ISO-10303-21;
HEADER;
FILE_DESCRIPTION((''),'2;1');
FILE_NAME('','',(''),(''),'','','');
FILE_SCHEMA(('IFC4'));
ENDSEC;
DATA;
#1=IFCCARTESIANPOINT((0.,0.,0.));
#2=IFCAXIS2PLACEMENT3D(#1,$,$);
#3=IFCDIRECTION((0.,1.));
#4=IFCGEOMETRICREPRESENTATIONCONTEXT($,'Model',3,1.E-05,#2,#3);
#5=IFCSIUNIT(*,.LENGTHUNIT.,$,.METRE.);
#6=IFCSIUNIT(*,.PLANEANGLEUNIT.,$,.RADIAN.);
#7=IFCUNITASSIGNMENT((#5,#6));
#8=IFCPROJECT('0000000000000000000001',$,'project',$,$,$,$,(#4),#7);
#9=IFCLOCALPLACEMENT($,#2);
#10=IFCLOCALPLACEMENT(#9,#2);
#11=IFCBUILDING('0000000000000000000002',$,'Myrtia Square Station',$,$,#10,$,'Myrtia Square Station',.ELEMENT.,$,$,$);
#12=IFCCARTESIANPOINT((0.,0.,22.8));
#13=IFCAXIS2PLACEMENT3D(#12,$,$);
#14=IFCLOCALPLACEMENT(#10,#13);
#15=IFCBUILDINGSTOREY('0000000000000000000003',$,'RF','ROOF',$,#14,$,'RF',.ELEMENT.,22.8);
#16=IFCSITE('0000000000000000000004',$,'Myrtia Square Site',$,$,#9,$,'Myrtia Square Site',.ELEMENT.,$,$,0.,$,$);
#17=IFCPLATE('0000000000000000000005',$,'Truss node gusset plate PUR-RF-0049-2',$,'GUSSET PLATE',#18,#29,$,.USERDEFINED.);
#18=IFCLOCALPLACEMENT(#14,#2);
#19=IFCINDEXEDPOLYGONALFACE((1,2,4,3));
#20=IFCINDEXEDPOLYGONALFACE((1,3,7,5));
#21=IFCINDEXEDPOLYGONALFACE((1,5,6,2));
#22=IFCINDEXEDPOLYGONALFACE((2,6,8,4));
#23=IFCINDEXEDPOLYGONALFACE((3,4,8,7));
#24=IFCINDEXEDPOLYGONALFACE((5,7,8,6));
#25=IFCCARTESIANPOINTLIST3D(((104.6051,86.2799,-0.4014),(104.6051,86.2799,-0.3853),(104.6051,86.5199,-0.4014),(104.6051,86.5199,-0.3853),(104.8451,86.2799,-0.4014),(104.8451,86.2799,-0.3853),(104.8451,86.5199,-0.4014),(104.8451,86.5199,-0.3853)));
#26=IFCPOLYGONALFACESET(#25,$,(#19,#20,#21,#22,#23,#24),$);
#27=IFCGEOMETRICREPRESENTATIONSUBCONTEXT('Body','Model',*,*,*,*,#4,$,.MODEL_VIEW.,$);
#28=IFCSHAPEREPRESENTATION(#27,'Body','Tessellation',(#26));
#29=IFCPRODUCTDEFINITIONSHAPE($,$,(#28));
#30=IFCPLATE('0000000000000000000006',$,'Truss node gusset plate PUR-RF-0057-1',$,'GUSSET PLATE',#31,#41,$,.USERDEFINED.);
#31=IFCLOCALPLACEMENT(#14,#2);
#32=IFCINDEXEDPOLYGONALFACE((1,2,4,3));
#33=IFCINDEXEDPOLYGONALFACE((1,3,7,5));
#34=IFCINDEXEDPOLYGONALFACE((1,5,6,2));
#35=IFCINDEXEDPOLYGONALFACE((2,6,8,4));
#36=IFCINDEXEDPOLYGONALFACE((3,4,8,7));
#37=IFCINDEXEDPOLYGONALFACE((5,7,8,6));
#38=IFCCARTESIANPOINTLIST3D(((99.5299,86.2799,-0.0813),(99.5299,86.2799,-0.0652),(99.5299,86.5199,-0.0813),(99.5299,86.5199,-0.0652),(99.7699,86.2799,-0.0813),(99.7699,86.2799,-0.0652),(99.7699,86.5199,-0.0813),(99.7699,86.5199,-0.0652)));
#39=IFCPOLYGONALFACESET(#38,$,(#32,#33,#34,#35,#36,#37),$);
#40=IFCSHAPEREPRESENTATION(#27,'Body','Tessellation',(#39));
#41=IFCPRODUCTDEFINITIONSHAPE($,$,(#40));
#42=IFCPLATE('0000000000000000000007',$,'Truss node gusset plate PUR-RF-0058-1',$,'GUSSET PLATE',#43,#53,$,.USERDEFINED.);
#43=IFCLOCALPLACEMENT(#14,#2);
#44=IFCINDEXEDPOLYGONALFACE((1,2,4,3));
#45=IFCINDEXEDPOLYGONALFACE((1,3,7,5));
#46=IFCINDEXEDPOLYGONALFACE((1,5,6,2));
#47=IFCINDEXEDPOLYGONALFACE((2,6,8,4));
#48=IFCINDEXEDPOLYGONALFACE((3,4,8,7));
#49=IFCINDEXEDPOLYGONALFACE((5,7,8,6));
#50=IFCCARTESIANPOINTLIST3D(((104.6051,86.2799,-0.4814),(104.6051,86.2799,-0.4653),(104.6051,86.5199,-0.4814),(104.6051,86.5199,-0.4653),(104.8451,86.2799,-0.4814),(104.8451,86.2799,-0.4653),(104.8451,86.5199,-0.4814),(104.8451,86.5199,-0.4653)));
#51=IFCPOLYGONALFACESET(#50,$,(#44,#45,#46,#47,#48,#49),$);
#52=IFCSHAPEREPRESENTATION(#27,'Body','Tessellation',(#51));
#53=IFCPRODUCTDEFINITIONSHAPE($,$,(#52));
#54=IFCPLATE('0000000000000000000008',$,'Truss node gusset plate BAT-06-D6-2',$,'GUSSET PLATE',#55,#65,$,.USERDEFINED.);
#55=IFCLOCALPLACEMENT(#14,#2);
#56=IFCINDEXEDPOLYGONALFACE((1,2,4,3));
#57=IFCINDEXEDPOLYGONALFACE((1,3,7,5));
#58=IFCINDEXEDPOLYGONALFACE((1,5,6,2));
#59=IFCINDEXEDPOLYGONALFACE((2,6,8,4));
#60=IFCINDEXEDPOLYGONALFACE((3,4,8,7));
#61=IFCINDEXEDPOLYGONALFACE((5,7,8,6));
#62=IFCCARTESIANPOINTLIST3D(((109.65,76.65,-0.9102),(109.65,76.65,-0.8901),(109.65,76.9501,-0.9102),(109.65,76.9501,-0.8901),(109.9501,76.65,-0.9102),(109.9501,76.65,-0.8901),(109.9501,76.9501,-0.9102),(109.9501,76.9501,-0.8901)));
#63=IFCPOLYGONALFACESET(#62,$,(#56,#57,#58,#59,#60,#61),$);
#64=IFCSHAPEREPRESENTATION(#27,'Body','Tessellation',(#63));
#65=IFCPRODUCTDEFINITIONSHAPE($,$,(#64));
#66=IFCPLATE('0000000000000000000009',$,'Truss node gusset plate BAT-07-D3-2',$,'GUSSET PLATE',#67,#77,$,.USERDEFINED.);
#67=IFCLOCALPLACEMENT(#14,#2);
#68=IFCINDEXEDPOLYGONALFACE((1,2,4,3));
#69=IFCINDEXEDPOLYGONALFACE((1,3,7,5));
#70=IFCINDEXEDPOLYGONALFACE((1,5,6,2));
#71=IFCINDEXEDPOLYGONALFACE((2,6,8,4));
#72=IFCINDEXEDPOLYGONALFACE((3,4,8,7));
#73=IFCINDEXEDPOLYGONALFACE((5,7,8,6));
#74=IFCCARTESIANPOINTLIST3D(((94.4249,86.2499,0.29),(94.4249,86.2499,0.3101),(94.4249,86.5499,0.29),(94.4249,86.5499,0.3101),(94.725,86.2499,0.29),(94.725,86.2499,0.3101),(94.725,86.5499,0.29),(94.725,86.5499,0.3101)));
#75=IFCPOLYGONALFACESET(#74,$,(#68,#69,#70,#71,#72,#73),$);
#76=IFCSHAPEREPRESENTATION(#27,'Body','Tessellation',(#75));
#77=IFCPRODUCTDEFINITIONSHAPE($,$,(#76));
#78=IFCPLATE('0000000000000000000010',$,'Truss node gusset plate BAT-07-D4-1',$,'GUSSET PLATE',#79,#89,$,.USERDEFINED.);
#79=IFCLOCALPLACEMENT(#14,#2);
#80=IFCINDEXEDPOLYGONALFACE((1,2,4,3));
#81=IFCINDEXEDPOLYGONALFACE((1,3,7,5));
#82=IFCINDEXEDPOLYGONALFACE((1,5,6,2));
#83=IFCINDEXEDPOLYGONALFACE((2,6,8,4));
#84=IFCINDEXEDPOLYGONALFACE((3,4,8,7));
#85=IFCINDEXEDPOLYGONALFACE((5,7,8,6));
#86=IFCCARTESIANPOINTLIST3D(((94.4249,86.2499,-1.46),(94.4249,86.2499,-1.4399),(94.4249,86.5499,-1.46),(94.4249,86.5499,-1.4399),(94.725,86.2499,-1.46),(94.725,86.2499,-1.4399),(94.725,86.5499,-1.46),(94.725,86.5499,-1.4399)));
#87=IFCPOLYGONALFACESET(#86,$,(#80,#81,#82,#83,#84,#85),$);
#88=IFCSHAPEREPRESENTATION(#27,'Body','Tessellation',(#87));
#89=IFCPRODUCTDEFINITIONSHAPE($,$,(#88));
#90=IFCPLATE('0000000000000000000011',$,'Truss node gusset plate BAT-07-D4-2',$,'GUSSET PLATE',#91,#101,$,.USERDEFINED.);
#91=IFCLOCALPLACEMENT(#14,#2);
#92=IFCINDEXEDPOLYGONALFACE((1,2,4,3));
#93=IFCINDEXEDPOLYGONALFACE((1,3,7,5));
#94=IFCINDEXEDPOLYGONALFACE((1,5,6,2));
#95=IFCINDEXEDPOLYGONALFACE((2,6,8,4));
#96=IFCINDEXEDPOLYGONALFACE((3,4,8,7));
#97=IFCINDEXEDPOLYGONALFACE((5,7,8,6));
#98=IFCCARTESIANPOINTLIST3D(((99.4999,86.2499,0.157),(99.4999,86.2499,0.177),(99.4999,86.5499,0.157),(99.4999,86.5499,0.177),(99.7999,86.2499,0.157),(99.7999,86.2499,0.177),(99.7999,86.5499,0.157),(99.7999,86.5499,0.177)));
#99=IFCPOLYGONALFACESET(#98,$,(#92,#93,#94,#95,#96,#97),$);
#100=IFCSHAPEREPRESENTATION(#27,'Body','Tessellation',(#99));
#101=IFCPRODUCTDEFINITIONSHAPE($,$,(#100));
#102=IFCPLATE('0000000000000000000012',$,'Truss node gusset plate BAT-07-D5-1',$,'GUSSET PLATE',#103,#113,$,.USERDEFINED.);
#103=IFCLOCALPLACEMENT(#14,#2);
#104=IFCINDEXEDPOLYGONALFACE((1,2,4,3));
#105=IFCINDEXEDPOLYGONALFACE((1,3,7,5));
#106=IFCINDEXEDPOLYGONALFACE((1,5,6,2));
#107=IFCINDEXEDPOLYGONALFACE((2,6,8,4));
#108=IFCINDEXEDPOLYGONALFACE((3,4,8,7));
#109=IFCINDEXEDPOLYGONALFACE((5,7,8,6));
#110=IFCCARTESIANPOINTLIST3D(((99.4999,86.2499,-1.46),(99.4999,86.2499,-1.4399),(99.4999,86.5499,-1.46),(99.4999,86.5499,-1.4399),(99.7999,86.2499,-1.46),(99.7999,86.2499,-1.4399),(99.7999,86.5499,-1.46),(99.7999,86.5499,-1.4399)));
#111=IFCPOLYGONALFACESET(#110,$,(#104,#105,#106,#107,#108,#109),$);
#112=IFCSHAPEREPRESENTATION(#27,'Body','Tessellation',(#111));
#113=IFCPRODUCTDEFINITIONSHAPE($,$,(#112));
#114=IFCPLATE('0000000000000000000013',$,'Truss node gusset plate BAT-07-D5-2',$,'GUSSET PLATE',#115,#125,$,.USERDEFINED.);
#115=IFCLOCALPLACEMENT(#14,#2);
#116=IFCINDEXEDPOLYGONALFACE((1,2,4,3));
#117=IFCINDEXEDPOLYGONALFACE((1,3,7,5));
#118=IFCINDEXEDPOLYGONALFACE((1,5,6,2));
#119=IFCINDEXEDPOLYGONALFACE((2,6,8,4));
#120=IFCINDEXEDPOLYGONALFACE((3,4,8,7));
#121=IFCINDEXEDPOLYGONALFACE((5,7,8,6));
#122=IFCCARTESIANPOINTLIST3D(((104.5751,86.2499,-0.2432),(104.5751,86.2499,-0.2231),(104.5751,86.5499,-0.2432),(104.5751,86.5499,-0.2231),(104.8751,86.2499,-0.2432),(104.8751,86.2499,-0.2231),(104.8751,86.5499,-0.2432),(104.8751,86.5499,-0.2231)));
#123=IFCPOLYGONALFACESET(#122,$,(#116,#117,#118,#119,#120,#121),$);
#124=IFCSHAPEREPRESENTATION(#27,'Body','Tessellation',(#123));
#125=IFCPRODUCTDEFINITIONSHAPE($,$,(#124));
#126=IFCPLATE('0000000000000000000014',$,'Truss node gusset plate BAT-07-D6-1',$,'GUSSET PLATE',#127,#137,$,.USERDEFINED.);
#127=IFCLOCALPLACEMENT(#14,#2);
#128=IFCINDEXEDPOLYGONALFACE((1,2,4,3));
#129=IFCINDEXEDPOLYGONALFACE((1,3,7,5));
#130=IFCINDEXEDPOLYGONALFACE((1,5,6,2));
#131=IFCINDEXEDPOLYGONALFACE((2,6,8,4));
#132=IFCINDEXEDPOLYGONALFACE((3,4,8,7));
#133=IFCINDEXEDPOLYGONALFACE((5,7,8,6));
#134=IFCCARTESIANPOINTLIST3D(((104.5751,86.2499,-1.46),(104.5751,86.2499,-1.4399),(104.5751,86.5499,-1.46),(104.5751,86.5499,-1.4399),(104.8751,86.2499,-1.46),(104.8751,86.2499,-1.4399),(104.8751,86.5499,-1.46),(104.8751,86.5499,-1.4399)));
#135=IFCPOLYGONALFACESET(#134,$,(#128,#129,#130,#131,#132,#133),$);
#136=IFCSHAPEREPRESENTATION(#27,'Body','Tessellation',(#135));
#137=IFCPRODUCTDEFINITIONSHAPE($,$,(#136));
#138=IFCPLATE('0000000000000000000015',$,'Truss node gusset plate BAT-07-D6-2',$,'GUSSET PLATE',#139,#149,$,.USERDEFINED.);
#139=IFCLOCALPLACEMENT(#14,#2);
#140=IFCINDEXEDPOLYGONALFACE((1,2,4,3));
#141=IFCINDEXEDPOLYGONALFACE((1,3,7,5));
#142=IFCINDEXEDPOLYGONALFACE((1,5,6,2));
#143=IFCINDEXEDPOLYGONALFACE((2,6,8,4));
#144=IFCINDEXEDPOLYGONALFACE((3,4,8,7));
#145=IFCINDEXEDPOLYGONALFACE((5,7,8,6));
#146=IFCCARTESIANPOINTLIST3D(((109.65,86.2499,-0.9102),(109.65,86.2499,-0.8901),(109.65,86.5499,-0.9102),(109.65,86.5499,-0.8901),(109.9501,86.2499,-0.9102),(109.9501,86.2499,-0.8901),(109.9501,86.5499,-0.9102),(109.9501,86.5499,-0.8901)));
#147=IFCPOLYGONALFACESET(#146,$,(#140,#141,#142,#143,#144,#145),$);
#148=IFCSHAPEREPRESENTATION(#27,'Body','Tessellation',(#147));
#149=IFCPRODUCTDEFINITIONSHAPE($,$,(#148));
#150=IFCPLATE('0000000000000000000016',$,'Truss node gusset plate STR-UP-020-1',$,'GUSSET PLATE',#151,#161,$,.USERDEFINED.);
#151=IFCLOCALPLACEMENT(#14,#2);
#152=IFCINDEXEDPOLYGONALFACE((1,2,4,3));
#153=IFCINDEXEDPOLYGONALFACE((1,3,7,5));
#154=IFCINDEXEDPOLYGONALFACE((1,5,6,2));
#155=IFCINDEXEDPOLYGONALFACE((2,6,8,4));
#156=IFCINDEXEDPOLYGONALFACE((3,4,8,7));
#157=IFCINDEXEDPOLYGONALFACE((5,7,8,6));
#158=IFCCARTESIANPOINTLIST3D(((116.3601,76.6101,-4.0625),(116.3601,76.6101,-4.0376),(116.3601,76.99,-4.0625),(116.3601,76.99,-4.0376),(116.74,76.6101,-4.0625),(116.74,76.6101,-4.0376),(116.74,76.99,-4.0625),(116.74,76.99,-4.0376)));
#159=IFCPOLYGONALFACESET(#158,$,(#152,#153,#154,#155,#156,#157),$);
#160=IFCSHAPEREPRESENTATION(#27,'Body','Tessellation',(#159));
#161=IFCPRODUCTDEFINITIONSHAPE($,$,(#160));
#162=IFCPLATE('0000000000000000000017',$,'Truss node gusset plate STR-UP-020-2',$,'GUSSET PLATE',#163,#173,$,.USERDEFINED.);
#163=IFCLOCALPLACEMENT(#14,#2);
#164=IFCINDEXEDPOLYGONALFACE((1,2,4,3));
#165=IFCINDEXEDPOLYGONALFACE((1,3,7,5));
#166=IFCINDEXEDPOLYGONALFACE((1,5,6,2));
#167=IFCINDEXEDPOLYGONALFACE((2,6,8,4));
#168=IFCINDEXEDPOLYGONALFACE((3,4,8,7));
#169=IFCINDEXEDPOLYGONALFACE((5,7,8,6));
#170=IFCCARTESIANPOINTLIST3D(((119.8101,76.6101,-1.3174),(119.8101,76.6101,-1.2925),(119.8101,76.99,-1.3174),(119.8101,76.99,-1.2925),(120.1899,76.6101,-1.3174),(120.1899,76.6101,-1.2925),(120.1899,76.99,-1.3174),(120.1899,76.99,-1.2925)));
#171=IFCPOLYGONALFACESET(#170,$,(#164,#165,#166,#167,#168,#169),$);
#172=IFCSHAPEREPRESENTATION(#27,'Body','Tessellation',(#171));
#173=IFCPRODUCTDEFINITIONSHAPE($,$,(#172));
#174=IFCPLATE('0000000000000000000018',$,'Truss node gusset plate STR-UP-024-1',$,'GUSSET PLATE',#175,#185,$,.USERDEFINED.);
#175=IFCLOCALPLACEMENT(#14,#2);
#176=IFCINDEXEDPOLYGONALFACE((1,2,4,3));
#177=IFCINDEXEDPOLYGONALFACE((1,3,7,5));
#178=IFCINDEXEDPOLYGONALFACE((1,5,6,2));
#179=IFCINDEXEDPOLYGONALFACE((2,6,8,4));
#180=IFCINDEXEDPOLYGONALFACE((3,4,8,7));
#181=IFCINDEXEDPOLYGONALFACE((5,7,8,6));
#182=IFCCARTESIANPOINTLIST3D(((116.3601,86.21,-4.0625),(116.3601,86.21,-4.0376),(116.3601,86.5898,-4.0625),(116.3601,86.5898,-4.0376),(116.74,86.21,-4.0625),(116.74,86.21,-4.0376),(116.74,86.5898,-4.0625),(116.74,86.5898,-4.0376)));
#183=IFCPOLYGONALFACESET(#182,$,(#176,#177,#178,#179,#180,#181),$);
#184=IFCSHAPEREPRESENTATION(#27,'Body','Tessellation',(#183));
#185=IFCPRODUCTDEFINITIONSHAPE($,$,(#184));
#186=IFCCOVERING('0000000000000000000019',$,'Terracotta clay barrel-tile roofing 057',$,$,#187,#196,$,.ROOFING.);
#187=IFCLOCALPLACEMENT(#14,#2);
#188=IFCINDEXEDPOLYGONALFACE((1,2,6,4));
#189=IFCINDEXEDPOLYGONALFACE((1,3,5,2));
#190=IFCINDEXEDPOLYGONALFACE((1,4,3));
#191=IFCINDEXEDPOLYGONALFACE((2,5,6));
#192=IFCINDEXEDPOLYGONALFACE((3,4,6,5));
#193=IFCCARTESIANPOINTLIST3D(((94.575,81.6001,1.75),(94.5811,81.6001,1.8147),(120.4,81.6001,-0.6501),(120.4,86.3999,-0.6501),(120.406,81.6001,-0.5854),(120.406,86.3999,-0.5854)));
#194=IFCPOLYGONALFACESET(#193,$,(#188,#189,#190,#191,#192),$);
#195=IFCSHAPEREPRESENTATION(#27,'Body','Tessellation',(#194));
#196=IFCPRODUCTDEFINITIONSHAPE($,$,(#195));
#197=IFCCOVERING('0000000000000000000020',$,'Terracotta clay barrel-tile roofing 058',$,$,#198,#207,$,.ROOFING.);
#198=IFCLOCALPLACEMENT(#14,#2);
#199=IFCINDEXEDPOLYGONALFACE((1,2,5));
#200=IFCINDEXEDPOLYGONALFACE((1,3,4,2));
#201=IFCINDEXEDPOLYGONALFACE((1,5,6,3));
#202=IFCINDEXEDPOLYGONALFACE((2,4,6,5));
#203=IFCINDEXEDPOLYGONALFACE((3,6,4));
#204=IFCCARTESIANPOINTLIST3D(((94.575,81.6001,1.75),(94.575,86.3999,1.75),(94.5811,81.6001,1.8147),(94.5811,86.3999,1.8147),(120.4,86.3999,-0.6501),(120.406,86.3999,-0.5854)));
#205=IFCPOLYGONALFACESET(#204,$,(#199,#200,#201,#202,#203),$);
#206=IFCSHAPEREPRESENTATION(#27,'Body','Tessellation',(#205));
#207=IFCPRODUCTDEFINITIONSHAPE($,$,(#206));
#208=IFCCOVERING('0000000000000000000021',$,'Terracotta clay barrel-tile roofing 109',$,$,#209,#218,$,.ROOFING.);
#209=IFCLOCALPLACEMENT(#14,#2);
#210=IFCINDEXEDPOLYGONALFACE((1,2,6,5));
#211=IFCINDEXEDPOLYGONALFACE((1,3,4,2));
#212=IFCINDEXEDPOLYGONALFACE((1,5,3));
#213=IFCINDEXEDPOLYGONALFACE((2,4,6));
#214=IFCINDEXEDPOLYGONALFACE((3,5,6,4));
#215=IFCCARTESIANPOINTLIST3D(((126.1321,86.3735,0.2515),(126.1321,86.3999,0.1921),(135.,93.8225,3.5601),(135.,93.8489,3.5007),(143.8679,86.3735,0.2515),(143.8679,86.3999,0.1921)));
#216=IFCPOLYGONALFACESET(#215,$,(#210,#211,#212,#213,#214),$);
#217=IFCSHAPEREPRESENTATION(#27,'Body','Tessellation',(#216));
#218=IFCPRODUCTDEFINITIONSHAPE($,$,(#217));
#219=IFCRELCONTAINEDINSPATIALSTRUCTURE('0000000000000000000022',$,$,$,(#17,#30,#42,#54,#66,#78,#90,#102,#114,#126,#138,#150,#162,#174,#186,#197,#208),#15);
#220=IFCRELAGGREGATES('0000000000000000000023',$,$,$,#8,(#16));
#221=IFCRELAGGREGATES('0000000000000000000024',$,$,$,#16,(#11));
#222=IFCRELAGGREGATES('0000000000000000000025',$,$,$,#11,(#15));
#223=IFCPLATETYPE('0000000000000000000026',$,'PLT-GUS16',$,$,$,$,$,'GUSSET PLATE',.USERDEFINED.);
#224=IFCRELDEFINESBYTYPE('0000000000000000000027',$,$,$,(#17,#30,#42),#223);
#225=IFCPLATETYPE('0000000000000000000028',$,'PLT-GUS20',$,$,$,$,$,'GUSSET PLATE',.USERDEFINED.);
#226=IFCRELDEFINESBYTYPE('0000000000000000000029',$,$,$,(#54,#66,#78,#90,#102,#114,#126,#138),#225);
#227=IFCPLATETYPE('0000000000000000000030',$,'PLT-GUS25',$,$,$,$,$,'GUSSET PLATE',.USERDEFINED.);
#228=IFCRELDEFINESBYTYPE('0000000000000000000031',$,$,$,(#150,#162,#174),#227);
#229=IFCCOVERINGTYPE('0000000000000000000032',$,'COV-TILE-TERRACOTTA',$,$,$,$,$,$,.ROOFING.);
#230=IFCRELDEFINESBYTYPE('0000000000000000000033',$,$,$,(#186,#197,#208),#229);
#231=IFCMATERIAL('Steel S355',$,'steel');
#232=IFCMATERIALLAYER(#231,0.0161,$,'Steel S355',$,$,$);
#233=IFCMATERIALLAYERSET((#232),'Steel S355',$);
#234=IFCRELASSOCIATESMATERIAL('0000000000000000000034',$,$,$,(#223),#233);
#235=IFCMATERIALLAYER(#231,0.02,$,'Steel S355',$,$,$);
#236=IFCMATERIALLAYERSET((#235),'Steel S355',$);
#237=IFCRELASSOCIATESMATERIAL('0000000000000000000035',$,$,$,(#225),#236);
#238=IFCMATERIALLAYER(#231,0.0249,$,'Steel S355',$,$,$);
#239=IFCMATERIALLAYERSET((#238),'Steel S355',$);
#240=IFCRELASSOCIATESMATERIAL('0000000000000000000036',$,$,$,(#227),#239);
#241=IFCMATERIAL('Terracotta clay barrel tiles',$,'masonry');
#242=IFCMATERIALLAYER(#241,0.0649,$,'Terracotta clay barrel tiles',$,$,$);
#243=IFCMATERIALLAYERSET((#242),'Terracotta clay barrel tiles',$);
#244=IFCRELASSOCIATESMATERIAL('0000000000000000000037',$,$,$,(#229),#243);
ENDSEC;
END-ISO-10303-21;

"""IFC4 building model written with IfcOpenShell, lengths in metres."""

from ifc_helpers import new_model, si_unit, direction, frame, origin, origin_2d, place, context, subcontext, project, spatial, polyline, rectangle, outline, extrude, material, layer, layer_set, type_object, element, save


model = new_model("IFC4")

# Units and contexts
model_context = context("Model", 3, precision=1e-05, world=origin(), true_north=direction((0.0, 1.0)))
body_context = subcontext(model_context, "Body", "Model", "MODEL_VIEW")
ifc_project = project(units=[si_unit("LENGTHUNIT", "METRE"), si_unit("PLANEANGLEUNIT", "RADIAN")], contexts=[model_context])

# Site, building, storey
site_placement = place(None, origin())
site = spatial("IfcSite", under=ifc_project, at=site_placement, Name="Myrtia Square Site", LongName="Myrtia Square Site", CompositionType="ELEMENT", RefElevation=0.0)
building_placement = place(site_placement, origin())
building = spatial("IfcBuilding", under=site, at=building_placement, Name="Myrtia Square Station", LongName="Myrtia Square Station", CompositionType="ELEMENT")
storey_placement = place(building_placement, frame((0.0, 0.0, 22.8)))
storey = spatial("IfcBuildingStorey", under=building, at=storey_placement, Name="RF", Description="ROOF", LongName="RF", CompositionType="ELEMENT", Elevation=22.8)

# Shared definitions
ifc_material_1 = material(Name="Steel S355", Category="steel")

# Plates
ifc_layer_1 = layer(ifc_material_1, 0.0161, Name="Steel S355")
ifc_layer_set_1 = layer_set([ifc_layer_1], Name="Steel S355")
plate_type_1 = type_object("IfcPlateType", Name="PLT-GUS16", ElementType="GUSSET PLATE", PredefinedType="USERDEFINED", material=ifc_layer_set_1)
for number, where, z_axis, x_axis, name in (
    (1, (104.7251, 86.3999, -0.4014), (0.0, 0.0, 1.0), (0.0, 1.0, 0.0), "Truss node gusset plate PUR-RF-0049-2"),
    (2, (99.6499, 86.3999, -0.0813), (0.0, 0.0, 1.0), (0.0, 1.0, 0.0), "Truss node gusset plate PUR-RF-0057-1"),
    (3, (104.7251, 86.3999, -0.4814), (0.0, 0.0, 1.0), (0.0, 1.0, 0.0), "Truss node gusset plate PUR-RF-0058-1"),
):
    element("IfcPlate", number, at=place(storey_placement, frame(where, z_axis=z_axis, x_axis=x_axis)), inside=storey, type_object=plate_type_1, Name=name, ObjectType="GUSSET PLATE", PredefinedType="USERDEFINED", context=body_context, shape_type="SweptSolid", body=[
        extrude(rectangle(XDim=0.24, YDim=0.24, at=origin_2d()), origin(), (0.0, 0.0, 1.0), 0.0161),
    ])
ifc_layer_2 = layer(ifc_material_1, 0.02, Name="Steel S355")
ifc_layer_set_2 = layer_set([ifc_layer_2], Name="Steel S355")
plate_type_2 = type_object("IfcPlateType", Name="PLT-GUS20", ElementType="GUSSET PLATE", PredefinedType="USERDEFINED", material=ifc_layer_set_2)
for number, where, z_axis, x_axis, name in (
    (4, (109.8, 76.8, -0.9102), (0.0, 0.0, 1.0), (1.0, 0.0, 0.0), "Truss node gusset plate BAT-06-D6-2"),
    (5, (94.575, 86.3999, 0.29), (0.0, 0.0, 1.0), (1.0, 0.0, 0.0), "Truss node gusset plate BAT-07-D3-2"),
    (6, (94.575, 86.3999, -1.46), (0.0, 0.0, 1.0), (1.0, 0.0, 0.0), "Truss node gusset plate BAT-07-D4-1"),
    (7, (99.6499, 86.3999, 0.157), (0.0, 0.0, 1.0), (1.0, 0.0, 0.0), "Truss node gusset plate BAT-07-D4-2"),
    (8, (99.6499, 86.3999, -1.46), (0.0, 0.0, 1.0), (1.0, 0.0, 0.0), "Truss node gusset plate BAT-07-D5-1"),
    (9, (104.7251, 86.3999, -0.2432), (0.0, 0.0, 1.0), (1.0, 0.0, 0.0), "Truss node gusset plate BAT-07-D5-2"),
    (10, (104.7251, 86.3999, -1.46), (0.0, 0.0, 1.0), (1.0, 0.0, 0.0), "Truss node gusset plate BAT-07-D6-1"),
    (11, (109.8, 86.3999, -0.9102), (0.0, 0.0, 1.0), (1.0, 0.0, 0.0), "Truss node gusset plate BAT-07-D6-2"),
):
    element("IfcPlate", number, at=place(storey_placement, frame(where, z_axis=z_axis, x_axis=x_axis)), inside=storey, type_object=plate_type_2, Name=name, ObjectType="GUSSET PLATE", PredefinedType="USERDEFINED", context=body_context, shape_type="SweptSolid", body=[
        extrude(rectangle(XDim=0.3, YDim=0.3, at=origin_2d()), origin(), (0.0, 0.0, 1.0), 0.02),
    ])
ifc_layer_3 = layer(ifc_material_1, 0.0249, Name="Steel S355")
ifc_layer_set_3 = layer_set([ifc_layer_3], Name="Steel S355")
plate_type_3 = type_object("IfcPlateType", Name="PLT-GUS25", ElementType="GUSSET PLATE", PredefinedType="USERDEFINED", material=ifc_layer_set_3)
for number, where, z_axis, x_axis, name in (
    (12, (116.55, 76.8, -4.0625), (0.0, 0.0, 1.0), (1.0, 0.0, 0.0), "Truss node gusset plate STR-UP-020-1"),
    (13, (120.0, 76.8, -1.3174), (0.0, 0.0, 1.0), (1.0, 0.0, 0.0), "Truss node gusset plate STR-UP-020-2"),
    (14, (116.55, 86.3999, -4.0625), (0.0, 0.0, 1.0), (1.0, 0.0, 0.0), "Truss node gusset plate STR-UP-024-1"),
):
    element("IfcPlate", number, at=place(storey_placement, frame(where, z_axis=z_axis, x_axis=x_axis)), inside=storey, type_object=plate_type_3, Name=name, ObjectType="GUSSET PLATE", PredefinedType="USERDEFINED", context=body_context, shape_type="SweptSolid", body=[
        extrude(rectangle(XDim=0.3799, YDim=0.3799, at=origin_2d()), origin(), (0.0, 0.0, 1.0), 0.0249),
    ])

# Coverings
ifc_material_2 = material(Name="Terracotta clay barrel tiles", Category="masonry")
ifc_layer_4 = layer(ifc_material_2, 0.0649, Name="Terracotta clay barrel tiles")
ifc_layer_set_4 = layer_set([ifc_layer_4], Name="Terracotta clay barrel tiles")
covering_type = type_object("IfcCoveringType", Name="COV-TILE-TERRACOTTA", PredefinedType="ROOFING", material=ifc_layer_set_4)
covering_1_placement = place(storey_placement, frame((94.5811, 81.6001, 1.8147), z_axis=(0.09254, 0.0, 0.995709), x_axis=(0.995709, 0.0, -0.09254)))
element("IfcCovering", 15, at=covering_1_placement, inside=storey, type_object=covering_type, Name="Terracotta clay barrel-tile roofing 057", PredefinedType="ROOFING", context=body_context, shape_type="SweptSolid", body=[
    extrude(outline(polyline([(0.0, 0.0), (25.9362, 0.0), (25.9362, 4.7998), (0.0, 0.0)])), origin(), (0.0, 0.0, -1.0), 0.0649),
])
covering_2_placement = place(storey_placement, frame((94.5811, 81.6001, 1.8147), z_axis=(0.09254, 0.0, 0.995709), x_axis=(0.979084, 0.181972, -0.090995)))
element("IfcCovering", 16, at=covering_2_placement, inside=storey, type_object=covering_type, Name="Terracotta clay barrel-tile roofing 058", PredefinedType="ROOFING", context=body_context, shape_type="SweptSolid", body=[
    extrude(outline(polyline([(0.0, 0.0), (26.3766, 0.0), (0.8734, 4.7197), (0.0, 0.0)])), origin(), (0.0, 0.0, -1.0), 0.0649),
])
covering_3_placement = place(storey_placement, frame((126.1321, 86.3735, 0.2515), z_axis=(0.0, -0.405927, 0.913905), x_axis=(1.0, 0.0, 0.0)))
element("IfcCovering", 17, at=covering_3_placement, inside=storey, type_object=covering_type, Name="Terracotta clay barrel-tile roofing 109", PredefinedType="ROOFING", context=body_context, shape_type="SweptSolid", body=[
    extrude(outline(polyline([(0.0, 0.0), (17.7358, 0.0), (8.8679, 8.1507), (0.0, 0.0)])), origin(), (0.0, 0.0, -1.0), 0.0649),
])

save(model, "model.ifc")
